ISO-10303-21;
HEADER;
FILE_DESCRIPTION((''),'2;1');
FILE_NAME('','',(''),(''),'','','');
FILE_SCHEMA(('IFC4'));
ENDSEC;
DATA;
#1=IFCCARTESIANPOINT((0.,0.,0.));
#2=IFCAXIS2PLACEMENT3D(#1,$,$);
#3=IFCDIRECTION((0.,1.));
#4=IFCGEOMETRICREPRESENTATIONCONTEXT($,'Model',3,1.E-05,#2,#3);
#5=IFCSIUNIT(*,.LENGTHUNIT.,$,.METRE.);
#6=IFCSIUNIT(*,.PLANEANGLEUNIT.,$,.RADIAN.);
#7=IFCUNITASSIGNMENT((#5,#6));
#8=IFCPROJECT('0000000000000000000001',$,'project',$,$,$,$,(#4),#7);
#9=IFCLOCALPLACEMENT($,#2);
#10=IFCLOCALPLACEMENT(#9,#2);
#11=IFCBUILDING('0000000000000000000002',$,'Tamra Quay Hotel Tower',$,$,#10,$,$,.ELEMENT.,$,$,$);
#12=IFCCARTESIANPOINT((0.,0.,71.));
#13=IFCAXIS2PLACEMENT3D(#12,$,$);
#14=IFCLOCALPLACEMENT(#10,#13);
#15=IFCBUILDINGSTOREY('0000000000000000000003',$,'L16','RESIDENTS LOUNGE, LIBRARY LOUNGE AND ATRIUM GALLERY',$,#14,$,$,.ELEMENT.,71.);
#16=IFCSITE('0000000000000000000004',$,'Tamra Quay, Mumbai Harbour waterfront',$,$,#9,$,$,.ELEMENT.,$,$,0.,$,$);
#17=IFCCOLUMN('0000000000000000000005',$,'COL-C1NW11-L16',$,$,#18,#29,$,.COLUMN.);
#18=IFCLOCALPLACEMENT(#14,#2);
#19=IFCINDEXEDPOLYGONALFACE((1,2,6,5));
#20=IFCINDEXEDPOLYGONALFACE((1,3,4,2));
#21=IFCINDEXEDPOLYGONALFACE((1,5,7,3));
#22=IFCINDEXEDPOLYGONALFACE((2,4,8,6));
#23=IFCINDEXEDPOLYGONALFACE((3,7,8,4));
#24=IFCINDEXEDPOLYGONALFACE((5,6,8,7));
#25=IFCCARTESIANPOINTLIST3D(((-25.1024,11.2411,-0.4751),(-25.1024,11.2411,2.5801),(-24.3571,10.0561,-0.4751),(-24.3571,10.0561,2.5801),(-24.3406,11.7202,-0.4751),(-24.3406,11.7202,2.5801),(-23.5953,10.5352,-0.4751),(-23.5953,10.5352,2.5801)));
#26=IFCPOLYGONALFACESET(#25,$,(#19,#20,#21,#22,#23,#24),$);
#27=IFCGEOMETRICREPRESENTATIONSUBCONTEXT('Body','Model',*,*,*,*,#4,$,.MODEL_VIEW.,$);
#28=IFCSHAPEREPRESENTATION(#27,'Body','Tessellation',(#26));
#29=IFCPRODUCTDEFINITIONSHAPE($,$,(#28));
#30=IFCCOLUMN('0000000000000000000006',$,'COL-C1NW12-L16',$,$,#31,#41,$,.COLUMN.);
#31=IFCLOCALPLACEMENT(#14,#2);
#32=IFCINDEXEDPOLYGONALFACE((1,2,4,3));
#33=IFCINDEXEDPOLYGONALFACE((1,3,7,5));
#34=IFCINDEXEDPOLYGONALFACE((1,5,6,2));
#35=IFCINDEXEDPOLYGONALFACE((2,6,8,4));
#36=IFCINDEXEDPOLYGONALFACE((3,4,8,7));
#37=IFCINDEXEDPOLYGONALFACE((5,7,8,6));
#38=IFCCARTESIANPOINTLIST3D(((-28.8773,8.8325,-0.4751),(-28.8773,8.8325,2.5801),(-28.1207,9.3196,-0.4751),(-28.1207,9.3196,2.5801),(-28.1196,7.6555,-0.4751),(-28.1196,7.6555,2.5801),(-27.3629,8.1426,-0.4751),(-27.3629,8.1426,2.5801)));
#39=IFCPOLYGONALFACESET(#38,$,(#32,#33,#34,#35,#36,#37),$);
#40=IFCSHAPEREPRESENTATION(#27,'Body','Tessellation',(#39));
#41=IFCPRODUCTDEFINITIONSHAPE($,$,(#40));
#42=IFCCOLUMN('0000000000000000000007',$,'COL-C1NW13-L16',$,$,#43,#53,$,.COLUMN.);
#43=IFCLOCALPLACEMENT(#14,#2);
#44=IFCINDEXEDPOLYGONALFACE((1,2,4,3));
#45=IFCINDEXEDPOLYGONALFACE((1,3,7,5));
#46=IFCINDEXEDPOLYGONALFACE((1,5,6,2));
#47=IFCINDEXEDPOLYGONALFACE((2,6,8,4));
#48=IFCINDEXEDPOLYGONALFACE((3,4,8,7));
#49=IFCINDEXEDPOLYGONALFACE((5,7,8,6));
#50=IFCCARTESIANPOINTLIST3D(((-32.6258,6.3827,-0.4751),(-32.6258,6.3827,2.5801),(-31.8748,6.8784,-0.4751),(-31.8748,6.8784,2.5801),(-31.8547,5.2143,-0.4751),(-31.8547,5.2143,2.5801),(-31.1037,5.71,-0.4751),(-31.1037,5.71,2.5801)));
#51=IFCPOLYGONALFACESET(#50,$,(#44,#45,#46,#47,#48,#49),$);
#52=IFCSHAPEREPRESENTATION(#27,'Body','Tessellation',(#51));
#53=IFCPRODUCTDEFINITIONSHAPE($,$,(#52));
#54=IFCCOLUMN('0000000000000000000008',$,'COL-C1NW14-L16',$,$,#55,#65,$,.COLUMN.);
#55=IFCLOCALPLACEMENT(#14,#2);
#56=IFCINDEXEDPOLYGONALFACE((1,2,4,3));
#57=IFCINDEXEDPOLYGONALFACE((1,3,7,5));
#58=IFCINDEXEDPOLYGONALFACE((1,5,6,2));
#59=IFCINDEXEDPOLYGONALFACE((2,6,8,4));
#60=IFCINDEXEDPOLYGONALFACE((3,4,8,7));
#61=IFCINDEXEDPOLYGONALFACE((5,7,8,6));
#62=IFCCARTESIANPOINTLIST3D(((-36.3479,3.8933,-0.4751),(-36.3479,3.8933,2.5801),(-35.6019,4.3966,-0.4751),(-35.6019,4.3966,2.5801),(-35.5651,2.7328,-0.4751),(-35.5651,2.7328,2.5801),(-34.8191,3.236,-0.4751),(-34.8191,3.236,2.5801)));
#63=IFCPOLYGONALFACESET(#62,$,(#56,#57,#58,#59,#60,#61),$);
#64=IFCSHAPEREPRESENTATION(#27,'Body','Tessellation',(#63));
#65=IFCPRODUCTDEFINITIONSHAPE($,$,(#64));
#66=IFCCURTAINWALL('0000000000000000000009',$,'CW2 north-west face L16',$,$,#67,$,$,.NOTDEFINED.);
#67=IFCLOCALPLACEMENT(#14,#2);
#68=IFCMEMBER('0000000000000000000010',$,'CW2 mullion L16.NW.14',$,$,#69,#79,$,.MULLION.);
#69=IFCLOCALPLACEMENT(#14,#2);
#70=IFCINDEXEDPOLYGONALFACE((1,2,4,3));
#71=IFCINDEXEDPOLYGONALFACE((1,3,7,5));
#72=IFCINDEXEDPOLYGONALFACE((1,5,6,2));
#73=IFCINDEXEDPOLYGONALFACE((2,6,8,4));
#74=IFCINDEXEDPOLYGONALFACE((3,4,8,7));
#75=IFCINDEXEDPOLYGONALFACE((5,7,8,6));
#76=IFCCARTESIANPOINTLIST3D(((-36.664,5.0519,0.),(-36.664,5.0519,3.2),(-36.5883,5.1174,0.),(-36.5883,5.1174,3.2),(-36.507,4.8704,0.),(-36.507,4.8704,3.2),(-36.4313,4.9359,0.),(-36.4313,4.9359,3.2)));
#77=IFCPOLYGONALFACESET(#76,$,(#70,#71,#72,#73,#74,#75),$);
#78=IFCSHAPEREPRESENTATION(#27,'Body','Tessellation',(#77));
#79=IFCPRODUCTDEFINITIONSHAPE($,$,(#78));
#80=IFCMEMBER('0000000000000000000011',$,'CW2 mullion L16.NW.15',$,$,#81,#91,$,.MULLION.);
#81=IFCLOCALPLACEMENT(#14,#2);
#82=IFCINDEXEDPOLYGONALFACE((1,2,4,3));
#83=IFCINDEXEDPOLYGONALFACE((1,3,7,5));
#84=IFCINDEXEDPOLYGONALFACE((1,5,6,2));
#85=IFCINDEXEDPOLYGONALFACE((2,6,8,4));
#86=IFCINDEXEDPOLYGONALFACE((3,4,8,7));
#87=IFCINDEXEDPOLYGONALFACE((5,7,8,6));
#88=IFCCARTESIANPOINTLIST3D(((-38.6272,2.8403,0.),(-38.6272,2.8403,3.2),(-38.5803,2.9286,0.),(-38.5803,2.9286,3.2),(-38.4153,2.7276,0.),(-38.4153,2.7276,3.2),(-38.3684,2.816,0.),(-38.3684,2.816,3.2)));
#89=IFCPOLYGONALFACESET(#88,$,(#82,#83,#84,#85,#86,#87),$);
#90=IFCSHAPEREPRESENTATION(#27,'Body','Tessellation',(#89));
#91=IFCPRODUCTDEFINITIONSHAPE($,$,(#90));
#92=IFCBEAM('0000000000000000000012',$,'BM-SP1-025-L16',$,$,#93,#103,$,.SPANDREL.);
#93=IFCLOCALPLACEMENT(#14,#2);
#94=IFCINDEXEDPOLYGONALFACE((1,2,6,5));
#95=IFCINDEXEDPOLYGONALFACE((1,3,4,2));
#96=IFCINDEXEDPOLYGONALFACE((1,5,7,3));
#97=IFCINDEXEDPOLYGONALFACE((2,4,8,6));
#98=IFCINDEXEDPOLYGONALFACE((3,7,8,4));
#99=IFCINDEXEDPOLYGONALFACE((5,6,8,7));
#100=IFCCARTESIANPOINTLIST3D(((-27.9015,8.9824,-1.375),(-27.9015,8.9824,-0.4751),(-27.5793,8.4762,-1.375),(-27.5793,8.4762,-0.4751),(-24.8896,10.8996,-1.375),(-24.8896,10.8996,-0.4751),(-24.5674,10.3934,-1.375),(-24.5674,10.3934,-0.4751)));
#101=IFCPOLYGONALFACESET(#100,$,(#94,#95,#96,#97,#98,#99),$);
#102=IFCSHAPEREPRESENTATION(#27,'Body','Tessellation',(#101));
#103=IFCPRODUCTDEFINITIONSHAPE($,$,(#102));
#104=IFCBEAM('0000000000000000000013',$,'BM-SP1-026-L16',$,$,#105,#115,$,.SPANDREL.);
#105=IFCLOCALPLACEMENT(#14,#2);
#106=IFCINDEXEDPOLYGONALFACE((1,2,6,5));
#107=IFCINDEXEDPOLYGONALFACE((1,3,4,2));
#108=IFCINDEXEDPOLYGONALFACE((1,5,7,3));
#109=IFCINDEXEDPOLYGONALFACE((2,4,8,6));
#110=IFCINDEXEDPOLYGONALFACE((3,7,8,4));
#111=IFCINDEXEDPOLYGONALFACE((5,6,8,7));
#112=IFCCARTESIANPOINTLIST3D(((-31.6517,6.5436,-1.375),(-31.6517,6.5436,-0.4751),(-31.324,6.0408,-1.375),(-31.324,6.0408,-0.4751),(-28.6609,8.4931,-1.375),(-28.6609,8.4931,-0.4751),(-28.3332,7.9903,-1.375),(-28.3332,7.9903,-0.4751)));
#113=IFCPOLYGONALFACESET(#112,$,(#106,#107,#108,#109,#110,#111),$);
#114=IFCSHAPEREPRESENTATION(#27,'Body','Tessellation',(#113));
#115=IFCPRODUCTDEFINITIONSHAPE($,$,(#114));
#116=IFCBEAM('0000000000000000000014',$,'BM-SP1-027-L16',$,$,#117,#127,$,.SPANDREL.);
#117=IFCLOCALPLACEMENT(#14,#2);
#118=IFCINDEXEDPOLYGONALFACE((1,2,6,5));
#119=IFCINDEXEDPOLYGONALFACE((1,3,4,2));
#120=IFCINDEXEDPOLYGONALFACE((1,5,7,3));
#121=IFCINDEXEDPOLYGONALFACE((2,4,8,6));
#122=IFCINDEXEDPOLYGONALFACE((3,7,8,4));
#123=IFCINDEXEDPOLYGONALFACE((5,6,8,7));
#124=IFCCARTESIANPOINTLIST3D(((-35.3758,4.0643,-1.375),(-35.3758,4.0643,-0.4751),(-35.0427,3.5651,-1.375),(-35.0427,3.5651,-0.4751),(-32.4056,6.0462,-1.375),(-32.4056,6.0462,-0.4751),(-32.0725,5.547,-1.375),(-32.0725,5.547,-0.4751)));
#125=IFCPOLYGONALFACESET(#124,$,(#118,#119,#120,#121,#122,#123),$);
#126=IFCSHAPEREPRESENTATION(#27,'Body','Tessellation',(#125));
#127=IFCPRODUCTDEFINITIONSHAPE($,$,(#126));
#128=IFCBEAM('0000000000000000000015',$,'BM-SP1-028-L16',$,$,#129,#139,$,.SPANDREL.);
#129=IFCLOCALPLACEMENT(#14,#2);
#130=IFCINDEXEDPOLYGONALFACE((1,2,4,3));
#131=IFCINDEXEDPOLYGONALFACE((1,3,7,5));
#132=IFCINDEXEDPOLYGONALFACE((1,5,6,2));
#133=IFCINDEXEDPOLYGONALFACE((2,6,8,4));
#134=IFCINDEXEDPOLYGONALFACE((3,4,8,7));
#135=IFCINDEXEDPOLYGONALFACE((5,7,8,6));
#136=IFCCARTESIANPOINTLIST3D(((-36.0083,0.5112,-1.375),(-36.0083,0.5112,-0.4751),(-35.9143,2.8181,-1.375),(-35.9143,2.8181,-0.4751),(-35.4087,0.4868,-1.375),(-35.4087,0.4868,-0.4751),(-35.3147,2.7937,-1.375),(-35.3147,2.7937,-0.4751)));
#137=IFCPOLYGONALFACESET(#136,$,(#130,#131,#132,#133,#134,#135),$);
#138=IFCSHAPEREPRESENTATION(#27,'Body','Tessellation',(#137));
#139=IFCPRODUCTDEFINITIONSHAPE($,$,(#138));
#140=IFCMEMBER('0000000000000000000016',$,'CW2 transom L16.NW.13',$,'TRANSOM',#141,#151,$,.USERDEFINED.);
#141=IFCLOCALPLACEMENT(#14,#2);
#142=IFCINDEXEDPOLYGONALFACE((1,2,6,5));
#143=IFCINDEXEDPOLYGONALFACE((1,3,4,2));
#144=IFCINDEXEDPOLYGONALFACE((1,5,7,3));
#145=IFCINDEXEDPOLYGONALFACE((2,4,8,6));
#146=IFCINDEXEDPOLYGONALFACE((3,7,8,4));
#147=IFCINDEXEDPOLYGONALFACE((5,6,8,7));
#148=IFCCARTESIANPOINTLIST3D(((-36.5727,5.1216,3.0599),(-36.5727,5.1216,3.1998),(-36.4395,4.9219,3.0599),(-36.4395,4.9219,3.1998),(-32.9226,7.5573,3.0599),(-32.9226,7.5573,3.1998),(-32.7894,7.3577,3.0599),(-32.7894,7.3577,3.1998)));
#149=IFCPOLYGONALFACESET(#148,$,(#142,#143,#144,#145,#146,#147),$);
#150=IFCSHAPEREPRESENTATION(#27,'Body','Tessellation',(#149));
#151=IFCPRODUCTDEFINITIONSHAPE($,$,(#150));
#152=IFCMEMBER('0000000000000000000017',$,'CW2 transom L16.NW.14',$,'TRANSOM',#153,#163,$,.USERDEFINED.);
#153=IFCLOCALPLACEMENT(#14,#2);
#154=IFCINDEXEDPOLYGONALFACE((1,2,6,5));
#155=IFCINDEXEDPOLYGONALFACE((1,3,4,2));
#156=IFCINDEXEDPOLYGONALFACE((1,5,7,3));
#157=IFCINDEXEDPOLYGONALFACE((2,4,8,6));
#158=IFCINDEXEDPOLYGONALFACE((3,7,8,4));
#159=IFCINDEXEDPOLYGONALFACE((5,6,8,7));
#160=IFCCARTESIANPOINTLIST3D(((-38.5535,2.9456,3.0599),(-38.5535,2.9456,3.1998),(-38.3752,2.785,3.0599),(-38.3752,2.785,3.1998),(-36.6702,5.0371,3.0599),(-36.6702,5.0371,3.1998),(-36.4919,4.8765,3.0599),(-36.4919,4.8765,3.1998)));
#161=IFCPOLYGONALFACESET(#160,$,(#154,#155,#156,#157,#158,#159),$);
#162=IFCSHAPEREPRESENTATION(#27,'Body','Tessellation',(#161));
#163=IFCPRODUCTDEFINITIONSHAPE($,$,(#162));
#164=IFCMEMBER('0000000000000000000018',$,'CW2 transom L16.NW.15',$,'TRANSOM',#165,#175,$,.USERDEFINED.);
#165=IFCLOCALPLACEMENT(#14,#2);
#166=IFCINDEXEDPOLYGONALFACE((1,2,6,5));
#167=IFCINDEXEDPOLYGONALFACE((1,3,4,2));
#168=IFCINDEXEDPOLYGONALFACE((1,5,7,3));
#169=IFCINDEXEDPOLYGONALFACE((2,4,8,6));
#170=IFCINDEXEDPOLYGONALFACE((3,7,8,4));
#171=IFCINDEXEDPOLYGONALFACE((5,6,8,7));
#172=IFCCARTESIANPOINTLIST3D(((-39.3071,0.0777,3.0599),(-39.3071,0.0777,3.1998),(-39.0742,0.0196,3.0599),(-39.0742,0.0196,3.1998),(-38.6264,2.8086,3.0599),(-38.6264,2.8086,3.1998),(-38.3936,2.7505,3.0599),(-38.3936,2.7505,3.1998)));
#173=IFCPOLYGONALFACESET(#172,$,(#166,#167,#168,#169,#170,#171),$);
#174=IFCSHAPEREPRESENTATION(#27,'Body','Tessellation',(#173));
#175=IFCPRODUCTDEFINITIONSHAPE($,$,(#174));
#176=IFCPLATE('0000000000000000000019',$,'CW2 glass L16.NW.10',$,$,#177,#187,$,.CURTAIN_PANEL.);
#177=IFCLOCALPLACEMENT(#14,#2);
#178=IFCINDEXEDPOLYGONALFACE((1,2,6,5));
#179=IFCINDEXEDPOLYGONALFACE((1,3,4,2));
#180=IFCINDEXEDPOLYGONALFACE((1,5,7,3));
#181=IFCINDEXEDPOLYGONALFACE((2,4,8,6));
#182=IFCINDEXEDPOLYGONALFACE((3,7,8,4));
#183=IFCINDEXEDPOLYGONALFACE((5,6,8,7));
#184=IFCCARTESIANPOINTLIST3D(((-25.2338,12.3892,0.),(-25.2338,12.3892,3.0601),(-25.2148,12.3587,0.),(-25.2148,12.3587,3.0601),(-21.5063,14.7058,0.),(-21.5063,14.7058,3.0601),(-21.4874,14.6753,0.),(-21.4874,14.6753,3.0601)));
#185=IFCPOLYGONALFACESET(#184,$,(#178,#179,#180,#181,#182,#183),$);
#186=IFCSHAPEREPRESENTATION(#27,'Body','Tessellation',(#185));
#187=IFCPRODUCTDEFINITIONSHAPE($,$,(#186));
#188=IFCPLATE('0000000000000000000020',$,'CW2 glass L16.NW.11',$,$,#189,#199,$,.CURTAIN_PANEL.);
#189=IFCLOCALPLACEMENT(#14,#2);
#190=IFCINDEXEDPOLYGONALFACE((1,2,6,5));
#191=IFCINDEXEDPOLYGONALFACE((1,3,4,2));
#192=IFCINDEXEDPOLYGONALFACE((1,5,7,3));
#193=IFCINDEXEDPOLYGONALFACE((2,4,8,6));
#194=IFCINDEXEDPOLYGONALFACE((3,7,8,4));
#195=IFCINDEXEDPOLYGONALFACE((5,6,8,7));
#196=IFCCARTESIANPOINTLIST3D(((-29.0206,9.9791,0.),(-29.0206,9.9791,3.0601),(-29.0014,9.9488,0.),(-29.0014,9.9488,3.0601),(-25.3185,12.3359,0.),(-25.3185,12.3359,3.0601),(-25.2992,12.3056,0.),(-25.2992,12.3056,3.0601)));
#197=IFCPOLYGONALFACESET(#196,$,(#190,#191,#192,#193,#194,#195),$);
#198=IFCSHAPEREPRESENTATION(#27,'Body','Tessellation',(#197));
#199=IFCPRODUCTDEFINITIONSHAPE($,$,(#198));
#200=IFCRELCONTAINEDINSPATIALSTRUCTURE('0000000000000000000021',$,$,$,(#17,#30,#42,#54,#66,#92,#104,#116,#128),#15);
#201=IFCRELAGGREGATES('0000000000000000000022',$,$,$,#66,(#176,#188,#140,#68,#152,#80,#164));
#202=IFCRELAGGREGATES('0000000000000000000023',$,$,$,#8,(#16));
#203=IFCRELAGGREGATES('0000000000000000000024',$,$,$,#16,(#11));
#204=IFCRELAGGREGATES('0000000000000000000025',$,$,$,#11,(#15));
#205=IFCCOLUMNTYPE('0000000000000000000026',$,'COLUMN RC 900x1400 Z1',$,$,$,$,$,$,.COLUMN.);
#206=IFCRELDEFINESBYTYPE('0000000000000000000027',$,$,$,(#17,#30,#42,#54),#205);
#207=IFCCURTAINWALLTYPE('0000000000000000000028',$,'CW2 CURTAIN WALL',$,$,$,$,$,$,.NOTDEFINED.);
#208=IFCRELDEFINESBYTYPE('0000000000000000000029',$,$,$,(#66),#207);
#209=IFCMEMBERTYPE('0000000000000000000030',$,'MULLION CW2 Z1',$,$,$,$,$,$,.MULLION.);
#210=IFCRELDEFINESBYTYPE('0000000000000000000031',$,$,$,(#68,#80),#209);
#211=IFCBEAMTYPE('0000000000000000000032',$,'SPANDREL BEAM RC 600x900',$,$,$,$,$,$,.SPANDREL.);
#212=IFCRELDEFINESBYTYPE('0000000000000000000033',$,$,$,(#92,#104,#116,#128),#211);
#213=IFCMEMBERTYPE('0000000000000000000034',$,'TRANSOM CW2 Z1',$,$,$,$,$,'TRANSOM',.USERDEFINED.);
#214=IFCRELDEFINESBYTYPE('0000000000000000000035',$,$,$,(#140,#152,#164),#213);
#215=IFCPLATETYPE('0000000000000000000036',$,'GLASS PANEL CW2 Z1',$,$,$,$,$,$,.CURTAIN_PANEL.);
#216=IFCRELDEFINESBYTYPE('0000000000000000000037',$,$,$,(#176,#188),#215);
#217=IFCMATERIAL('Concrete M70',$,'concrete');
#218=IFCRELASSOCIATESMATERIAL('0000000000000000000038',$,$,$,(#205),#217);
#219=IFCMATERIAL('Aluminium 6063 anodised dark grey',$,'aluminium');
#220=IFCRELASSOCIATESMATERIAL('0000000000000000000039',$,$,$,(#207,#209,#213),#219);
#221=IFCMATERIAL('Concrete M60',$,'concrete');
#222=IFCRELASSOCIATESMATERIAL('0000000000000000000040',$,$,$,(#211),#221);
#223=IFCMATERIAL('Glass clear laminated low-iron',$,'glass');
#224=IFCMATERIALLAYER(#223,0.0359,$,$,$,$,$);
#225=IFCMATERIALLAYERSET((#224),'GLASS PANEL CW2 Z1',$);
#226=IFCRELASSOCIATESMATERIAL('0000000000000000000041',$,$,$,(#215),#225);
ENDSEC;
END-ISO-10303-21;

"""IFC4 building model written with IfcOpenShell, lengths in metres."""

from ifc_helpers import new_model, si_unit, direction, frame, origin, origin_2d, place, context, subcontext, project, spatial, rectangle, extrude, material, layer, layer_set, material_profile, profile_set, type_object, element, aggregate, save


model = new_model("IFC4")

# Units and contexts
model_context = context("Model", 3, precision=1e-05, world=origin(), true_north=direction((0.0, 1.0)))
body_context = subcontext(model_context, "Body", "Model", "MODEL_VIEW")
ifc_project = project(units=[si_unit("LENGTHUNIT", "METRE"), si_unit("PLANEANGLEUNIT", "RADIAN")], contexts=[model_context])

# Site, building, storey
site_placement = place(None, origin())
site = spatial("IfcSite", under=ifc_project, at=site_placement, Name="Tamra Quay, Mumbai Harbour waterfront", CompositionType="ELEMENT", RefElevation=0.0)
building_placement = place(site_placement, origin())
building = spatial("IfcBuilding", under=site, at=building_placement, Name="Tamra Quay Hotel Tower", CompositionType="ELEMENT")
storey_placement = place(building_placement, frame((0.0, 0.0, 71.0)))
storey = spatial("IfcBuildingStorey", under=building, at=storey_placement, Name="L16", Description="RESIDENTS LOUNGE, LIBRARY LOUNGE AND ATRIUM GALLERY", CompositionType="ELEMENT", Elevation=71.0)

# Columns
ifc_material_1 = material(Name="Concrete M70", Category="concrete")
ifc_material_profile_1 = material_profile(ifc_material_1, rectangle(XDim=1.3999, YDim=0.8999, at=origin_2d()), Name="COLUMN RC 900x1400 Z1")
ifc_profile_set_1 = profile_set([ifc_material_profile_1], Name="Concrete M70")
column_type = type_object("IfcColumnType", Name="COLUMN RC 900x1400 Z1", PredefinedType="COLUMN", material=ifc_profile_set_1)
for number, where, z_axis, x_axis, name in (
    (1, (-24.3489, 10.8882, -0.4751), (0.0, 0.0, 1.0), (-0.532389, 0.8465, 0.0), "COL-C1NW11-L16"),
    (2, (-28.1201, 8.4875, -0.4751), (0.0, 0.0, 1.0), (-0.541283, 0.840841, 0.0), "COL-C1NW12-L16"),
    (3, (-31.8647, 6.0464, -0.4751), (0.0, 0.0, 1.0), (-0.550838, 0.834612, 0.0), "COL-C1NW13-L16"),
    (4, (-35.5835, 3.5647, -0.4751), (0.0, 0.0, 1.0), (-0.55922, 0.829019, 0.0), "COL-C1NW14-L16"),
):
    element("IfcColumn", number, at=place(storey_placement, frame(where, z_axis=z_axis, x_axis=x_axis)), inside=storey, type_object=column_type, Name=name, PredefinedType="COLUMN", context=body_context, shape_type="SweptSolid", body=[
        extrude(rectangle(XDim=1.3999, YDim=0.8999, at=origin_2d()), origin(), (0.0, 0.0, 1.0), 3.0552),
    ])

# Curtain wall, members
ifc_material_2 = material(Name="Aluminium 6063 anodised dark grey", Category="aluminium")
curtain_wall_type = type_object("IfcCurtainWallType", Name="CW2 CURTAIN WALL", PredefinedType="NOTDEFINED", material=ifc_material_2)
curtain_wall_placement = place(storey_placement, origin())
curtain_wall = element("IfcCurtainWall", 5, at=curtain_wall_placement, inside=storey, type_object=curtain_wall_type, Name="CW2 north-west face L16", PredefinedType="NOTDEFINED")
ifc_material_profile_2 = material_profile(ifc_material_2, rectangle(XDim=0.24, YDim=0.1001, at=origin_2d()), Name="MULLION 100X240")
ifc_profile_set_2 = profile_set([ifc_material_profile_2], Name="Aluminium 6063 anodised dark grey")
member_type_1 = type_object("IfcMemberType", Name="MULLION CW2 Z1", PredefinedType="MULLION", material=ifc_profile_set_2)
member_1_placement = place(storey_placement, frame((-36.5476, 4.9939, 0.0), z_axis=(0.0, 0.0, 1.0), x_axis=(-0.654197, 0.756324, 0.0)))
member_1 = element("IfcMember", 6, at=member_1_placement, type_object=member_type_1, Name="CW2 mullion L16.NW.14", PredefinedType="MULLION", context=body_context, shape_type="SweptSolid", body=[
    extrude(rectangle(XDim=0.24, YDim=0.1001, at=origin_2d()), origin(), (0.0, 0.0, 1.0), 3.2),
])
member_2_placement = place(storey_placement, frame((-38.4978, 2.8281, 0.0), z_axis=(0.0, 0.0, 1.0), x_axis=(-0.882955, 0.469457, 0.0)))
member_2 = element("IfcMember", 7, at=member_2_placement, type_object=member_type_1, Name="CW2 mullion L16.NW.15", PredefinedType="MULLION", context=body_context, shape_type="SweptSolid", body=[
    extrude(rectangle(XDim=0.24, YDim=0.1001, at=origin_2d()), origin(), (0.0, 0.0, 1.0), 3.2),
])

# Beams
ifc_material_3 = material(Name="Concrete M60", Category="concrete")
ifc_material_profile_3 = material_profile(ifc_material_3, rectangle(XDim=0.6001, YDim=0.8999, at=origin_2d()), Name="SPANDREL BEAM RC 600x900")
ifc_profile_set_3 = profile_set([ifc_material_profile_3], Name="Concrete M60")
beam_type = type_object("IfcBeamType", Name="SPANDREL BEAM RC 600x900", PredefinedType="SPANDREL", material=ifc_profile_set_3)
beam_1_placement = place(storey_placement, frame((-24.7285, 10.6465, -0.925), z_axis=(-0.843594, -0.536982, 0.0), x_axis=(0.536982, -0.843594, 0.0)))
element("IfcBeam", 8, at=beam_1_placement, inside=storey, type_object=beam_type, Name="BM-SP1-025-L16", PredefinedType="SPANDREL", context=body_context, shape_type="SweptSolid", body=[
    extrude(rectangle(XDim=0.6001, YDim=0.8999, at=origin_2d()), origin(), (0.0, 0.0, 1.0), 3.5703),
])
beam_2_placement = place(storey_placement, frame((-28.4971, 8.2417, -0.925), z_axis=(-0.83774, -0.54607, 0.0), x_axis=(0.54607, -0.83774, 0.0)))
element("IfcBeam", 9, at=beam_2_placement, inside=storey, type_object=beam_type, Name="BM-SP1-026-L16", PredefinedType="SPANDREL", context=body_context, shape_type="SweptSolid", body=[
    extrude(rectangle(XDim=0.6001, YDim=0.8999, at=origin_2d()), origin(), (0.0, 0.0, 1.0), 3.5701),
])
beam_3_placement = place(storey_placement, frame((-32.239, 5.7966, -0.925), z_axis=(-0.831819, -0.555047, 0.0), x_axis=(0.555047, -0.831819, 0.0)))
element("IfcBeam", 10, at=beam_3_placement, inside=storey, type_object=beam_type, Name="BM-SP1-027-L16", PredefinedType="SPANDREL", context=body_context, shape_type="SweptSolid", body=[
    extrude(rectangle(XDim=0.6001, YDim=0.8999, at=origin_2d()), origin(), (0.0, 0.0, 1.0), 3.5708),
])
beam_4_placement = place(storey_placement, frame((-35.6145, 2.8059, -0.925), z_axis=(-0.040711, -0.999171, 0.0), x_axis=(0.999171, -0.040711, 0.0)))
element("IfcBeam", 11, at=beam_4_placement, inside=storey, type_object=beam_type, Name="BM-SP1-028-L16", PredefinedType="SPANDREL", context=body_context, shape_type="SweptSolid", body=[
    extrude(rectangle(XDim=0.6001, YDim=0.8999, at=origin_2d()), origin(), (0.0, 0.0, 1.0), 2.3088),
])

# Members
ifc_material_profile_4 = material_profile(ifc_material_2, rectangle(XDim=0.24, YDim=0.1399, at=origin_2d()), Name="TRANSOM 240X140")
ifc_profile_set_4 = profile_set([ifc_material_profile_4], Name="Aluminium 6063 anodised dark grey")
member_type_2 = type_object("IfcMemberType", Name="TRANSOM CW2 Z1", ElementType="TRANSOM", PredefinedType="USERDEFINED", material=ifc_profile_set_4)
member_3_placement = place(storey_placement, frame((-32.856, 7.4575, 3.1299), z_axis=(-0.831802, -0.555072, 0.0), x_axis=(0.555072, -0.831802, 0.0)))
member_3 = element("IfcMember", 12, at=member_3_placement, type_object=member_type_2, Name="CW2 transom L16.NW.13", ObjectType="TRANSOM", PredefinedType="USERDEFINED", context=body_context, shape_type="SweptSolid", body=[
    extrude(rectangle(XDim=0.24, YDim=0.1399, at=origin_2d()), origin(), (0.0, 0.0, 1.0), 4.3882),
])
member_4_placement = place(storey_placement, frame((-36.5811, 4.9568, 3.1299), z_axis=(-0.669142, -0.743135, 0.0), x_axis=(0.743135, -0.669142, 0.0)))
member_4 = element("IfcMember", 13, at=member_4_placement, type_object=member_type_2, Name="CW2 transom L16.NW.14", ObjectType="TRANSOM", PredefinedType="USERDEFINED", context=body_context, shape_type="SweptSolid", body=[
    extrude(rectangle(XDim=0.24, YDim=0.1399, at=origin_2d()), origin(), (0.0, 0.0, 1.0), 2.8145),
])
member_5_placement = place(storey_placement, frame((-38.51, 2.7795, 3.1299), z_axis=(-0.241842, -0.970316, 0.0), x_axis=(0.970316, -0.241842, 0.0)))
member_5 = element("IfcMember", 14, at=member_5_placement, type_object=member_type_2, Name="CW2 transom L16.NW.15", ObjectType="TRANSOM", PredefinedType="USERDEFINED", context=body_context, shape_type="SweptSolid", body=[
    extrude(rectangle(XDim=0.24, YDim=0.1399, at=origin_2d()), origin(), (0.0, 0.0, 1.0), 2.8145),
])

# Plates
ifc_material_4 = material(Name="Glass clear laminated low-iron", Category="glass")
ifc_layer_1 = layer(ifc_material_4, 0.0359)
ifc_layer_set_1 = layer_set([ifc_layer_1], Name="GLASS PANEL CW2 Z1")
plate_type = type_object("IfcPlateType", Name="GLASS PANEL CW2 Z1", PredefinedType="CURTAIN_PANEL", material=ifc_layer_set_1)
plate_1_placement = place(storey_placement, frame((-23.3606, 13.5322, 0.0), z_axis=(0.0, 0.0, 1.0), x_axis=(-0.849331, -0.52786, 0.0)))
plate_1 = element("IfcPlate", 15, at=plate_1_placement, type_object=plate_type, Name="CW2 glass L16.NW.10", PredefinedType="CURTAIN_PANEL", context=body_context, shape_type="SweptSolid", body=[
    extrude(rectangle(XDim=4.3887, YDim=0.0359, at=origin_2d()), origin(), (0.0, 0.0, 1.0), 3.0601),
])
plate_2_placement = place(storey_placement, frame((-27.1599, 11.1423, 0.0), z_axis=(0.0, 0.0, 1.0), x_axis=(-0.843571, -0.537018, 0.0)))
plate_2 = element("IfcPlate", 16, at=plate_2_placement, type_object=plate_type, Name="CW2 glass L16.NW.11", PredefinedType="CURTAIN_PANEL", context=body_context, shape_type="SweptSolid", body=[
    extrude(rectangle(XDim=4.3887, YDim=0.0359, at=origin_2d()), origin(), (0.0, 0.0, 1.0), 3.0601),
])
aggregate(curtain_wall, [plate_1, plate_2, member_3, member_1, member_4, member_2, member_5])

save(model, "model.ifc")
